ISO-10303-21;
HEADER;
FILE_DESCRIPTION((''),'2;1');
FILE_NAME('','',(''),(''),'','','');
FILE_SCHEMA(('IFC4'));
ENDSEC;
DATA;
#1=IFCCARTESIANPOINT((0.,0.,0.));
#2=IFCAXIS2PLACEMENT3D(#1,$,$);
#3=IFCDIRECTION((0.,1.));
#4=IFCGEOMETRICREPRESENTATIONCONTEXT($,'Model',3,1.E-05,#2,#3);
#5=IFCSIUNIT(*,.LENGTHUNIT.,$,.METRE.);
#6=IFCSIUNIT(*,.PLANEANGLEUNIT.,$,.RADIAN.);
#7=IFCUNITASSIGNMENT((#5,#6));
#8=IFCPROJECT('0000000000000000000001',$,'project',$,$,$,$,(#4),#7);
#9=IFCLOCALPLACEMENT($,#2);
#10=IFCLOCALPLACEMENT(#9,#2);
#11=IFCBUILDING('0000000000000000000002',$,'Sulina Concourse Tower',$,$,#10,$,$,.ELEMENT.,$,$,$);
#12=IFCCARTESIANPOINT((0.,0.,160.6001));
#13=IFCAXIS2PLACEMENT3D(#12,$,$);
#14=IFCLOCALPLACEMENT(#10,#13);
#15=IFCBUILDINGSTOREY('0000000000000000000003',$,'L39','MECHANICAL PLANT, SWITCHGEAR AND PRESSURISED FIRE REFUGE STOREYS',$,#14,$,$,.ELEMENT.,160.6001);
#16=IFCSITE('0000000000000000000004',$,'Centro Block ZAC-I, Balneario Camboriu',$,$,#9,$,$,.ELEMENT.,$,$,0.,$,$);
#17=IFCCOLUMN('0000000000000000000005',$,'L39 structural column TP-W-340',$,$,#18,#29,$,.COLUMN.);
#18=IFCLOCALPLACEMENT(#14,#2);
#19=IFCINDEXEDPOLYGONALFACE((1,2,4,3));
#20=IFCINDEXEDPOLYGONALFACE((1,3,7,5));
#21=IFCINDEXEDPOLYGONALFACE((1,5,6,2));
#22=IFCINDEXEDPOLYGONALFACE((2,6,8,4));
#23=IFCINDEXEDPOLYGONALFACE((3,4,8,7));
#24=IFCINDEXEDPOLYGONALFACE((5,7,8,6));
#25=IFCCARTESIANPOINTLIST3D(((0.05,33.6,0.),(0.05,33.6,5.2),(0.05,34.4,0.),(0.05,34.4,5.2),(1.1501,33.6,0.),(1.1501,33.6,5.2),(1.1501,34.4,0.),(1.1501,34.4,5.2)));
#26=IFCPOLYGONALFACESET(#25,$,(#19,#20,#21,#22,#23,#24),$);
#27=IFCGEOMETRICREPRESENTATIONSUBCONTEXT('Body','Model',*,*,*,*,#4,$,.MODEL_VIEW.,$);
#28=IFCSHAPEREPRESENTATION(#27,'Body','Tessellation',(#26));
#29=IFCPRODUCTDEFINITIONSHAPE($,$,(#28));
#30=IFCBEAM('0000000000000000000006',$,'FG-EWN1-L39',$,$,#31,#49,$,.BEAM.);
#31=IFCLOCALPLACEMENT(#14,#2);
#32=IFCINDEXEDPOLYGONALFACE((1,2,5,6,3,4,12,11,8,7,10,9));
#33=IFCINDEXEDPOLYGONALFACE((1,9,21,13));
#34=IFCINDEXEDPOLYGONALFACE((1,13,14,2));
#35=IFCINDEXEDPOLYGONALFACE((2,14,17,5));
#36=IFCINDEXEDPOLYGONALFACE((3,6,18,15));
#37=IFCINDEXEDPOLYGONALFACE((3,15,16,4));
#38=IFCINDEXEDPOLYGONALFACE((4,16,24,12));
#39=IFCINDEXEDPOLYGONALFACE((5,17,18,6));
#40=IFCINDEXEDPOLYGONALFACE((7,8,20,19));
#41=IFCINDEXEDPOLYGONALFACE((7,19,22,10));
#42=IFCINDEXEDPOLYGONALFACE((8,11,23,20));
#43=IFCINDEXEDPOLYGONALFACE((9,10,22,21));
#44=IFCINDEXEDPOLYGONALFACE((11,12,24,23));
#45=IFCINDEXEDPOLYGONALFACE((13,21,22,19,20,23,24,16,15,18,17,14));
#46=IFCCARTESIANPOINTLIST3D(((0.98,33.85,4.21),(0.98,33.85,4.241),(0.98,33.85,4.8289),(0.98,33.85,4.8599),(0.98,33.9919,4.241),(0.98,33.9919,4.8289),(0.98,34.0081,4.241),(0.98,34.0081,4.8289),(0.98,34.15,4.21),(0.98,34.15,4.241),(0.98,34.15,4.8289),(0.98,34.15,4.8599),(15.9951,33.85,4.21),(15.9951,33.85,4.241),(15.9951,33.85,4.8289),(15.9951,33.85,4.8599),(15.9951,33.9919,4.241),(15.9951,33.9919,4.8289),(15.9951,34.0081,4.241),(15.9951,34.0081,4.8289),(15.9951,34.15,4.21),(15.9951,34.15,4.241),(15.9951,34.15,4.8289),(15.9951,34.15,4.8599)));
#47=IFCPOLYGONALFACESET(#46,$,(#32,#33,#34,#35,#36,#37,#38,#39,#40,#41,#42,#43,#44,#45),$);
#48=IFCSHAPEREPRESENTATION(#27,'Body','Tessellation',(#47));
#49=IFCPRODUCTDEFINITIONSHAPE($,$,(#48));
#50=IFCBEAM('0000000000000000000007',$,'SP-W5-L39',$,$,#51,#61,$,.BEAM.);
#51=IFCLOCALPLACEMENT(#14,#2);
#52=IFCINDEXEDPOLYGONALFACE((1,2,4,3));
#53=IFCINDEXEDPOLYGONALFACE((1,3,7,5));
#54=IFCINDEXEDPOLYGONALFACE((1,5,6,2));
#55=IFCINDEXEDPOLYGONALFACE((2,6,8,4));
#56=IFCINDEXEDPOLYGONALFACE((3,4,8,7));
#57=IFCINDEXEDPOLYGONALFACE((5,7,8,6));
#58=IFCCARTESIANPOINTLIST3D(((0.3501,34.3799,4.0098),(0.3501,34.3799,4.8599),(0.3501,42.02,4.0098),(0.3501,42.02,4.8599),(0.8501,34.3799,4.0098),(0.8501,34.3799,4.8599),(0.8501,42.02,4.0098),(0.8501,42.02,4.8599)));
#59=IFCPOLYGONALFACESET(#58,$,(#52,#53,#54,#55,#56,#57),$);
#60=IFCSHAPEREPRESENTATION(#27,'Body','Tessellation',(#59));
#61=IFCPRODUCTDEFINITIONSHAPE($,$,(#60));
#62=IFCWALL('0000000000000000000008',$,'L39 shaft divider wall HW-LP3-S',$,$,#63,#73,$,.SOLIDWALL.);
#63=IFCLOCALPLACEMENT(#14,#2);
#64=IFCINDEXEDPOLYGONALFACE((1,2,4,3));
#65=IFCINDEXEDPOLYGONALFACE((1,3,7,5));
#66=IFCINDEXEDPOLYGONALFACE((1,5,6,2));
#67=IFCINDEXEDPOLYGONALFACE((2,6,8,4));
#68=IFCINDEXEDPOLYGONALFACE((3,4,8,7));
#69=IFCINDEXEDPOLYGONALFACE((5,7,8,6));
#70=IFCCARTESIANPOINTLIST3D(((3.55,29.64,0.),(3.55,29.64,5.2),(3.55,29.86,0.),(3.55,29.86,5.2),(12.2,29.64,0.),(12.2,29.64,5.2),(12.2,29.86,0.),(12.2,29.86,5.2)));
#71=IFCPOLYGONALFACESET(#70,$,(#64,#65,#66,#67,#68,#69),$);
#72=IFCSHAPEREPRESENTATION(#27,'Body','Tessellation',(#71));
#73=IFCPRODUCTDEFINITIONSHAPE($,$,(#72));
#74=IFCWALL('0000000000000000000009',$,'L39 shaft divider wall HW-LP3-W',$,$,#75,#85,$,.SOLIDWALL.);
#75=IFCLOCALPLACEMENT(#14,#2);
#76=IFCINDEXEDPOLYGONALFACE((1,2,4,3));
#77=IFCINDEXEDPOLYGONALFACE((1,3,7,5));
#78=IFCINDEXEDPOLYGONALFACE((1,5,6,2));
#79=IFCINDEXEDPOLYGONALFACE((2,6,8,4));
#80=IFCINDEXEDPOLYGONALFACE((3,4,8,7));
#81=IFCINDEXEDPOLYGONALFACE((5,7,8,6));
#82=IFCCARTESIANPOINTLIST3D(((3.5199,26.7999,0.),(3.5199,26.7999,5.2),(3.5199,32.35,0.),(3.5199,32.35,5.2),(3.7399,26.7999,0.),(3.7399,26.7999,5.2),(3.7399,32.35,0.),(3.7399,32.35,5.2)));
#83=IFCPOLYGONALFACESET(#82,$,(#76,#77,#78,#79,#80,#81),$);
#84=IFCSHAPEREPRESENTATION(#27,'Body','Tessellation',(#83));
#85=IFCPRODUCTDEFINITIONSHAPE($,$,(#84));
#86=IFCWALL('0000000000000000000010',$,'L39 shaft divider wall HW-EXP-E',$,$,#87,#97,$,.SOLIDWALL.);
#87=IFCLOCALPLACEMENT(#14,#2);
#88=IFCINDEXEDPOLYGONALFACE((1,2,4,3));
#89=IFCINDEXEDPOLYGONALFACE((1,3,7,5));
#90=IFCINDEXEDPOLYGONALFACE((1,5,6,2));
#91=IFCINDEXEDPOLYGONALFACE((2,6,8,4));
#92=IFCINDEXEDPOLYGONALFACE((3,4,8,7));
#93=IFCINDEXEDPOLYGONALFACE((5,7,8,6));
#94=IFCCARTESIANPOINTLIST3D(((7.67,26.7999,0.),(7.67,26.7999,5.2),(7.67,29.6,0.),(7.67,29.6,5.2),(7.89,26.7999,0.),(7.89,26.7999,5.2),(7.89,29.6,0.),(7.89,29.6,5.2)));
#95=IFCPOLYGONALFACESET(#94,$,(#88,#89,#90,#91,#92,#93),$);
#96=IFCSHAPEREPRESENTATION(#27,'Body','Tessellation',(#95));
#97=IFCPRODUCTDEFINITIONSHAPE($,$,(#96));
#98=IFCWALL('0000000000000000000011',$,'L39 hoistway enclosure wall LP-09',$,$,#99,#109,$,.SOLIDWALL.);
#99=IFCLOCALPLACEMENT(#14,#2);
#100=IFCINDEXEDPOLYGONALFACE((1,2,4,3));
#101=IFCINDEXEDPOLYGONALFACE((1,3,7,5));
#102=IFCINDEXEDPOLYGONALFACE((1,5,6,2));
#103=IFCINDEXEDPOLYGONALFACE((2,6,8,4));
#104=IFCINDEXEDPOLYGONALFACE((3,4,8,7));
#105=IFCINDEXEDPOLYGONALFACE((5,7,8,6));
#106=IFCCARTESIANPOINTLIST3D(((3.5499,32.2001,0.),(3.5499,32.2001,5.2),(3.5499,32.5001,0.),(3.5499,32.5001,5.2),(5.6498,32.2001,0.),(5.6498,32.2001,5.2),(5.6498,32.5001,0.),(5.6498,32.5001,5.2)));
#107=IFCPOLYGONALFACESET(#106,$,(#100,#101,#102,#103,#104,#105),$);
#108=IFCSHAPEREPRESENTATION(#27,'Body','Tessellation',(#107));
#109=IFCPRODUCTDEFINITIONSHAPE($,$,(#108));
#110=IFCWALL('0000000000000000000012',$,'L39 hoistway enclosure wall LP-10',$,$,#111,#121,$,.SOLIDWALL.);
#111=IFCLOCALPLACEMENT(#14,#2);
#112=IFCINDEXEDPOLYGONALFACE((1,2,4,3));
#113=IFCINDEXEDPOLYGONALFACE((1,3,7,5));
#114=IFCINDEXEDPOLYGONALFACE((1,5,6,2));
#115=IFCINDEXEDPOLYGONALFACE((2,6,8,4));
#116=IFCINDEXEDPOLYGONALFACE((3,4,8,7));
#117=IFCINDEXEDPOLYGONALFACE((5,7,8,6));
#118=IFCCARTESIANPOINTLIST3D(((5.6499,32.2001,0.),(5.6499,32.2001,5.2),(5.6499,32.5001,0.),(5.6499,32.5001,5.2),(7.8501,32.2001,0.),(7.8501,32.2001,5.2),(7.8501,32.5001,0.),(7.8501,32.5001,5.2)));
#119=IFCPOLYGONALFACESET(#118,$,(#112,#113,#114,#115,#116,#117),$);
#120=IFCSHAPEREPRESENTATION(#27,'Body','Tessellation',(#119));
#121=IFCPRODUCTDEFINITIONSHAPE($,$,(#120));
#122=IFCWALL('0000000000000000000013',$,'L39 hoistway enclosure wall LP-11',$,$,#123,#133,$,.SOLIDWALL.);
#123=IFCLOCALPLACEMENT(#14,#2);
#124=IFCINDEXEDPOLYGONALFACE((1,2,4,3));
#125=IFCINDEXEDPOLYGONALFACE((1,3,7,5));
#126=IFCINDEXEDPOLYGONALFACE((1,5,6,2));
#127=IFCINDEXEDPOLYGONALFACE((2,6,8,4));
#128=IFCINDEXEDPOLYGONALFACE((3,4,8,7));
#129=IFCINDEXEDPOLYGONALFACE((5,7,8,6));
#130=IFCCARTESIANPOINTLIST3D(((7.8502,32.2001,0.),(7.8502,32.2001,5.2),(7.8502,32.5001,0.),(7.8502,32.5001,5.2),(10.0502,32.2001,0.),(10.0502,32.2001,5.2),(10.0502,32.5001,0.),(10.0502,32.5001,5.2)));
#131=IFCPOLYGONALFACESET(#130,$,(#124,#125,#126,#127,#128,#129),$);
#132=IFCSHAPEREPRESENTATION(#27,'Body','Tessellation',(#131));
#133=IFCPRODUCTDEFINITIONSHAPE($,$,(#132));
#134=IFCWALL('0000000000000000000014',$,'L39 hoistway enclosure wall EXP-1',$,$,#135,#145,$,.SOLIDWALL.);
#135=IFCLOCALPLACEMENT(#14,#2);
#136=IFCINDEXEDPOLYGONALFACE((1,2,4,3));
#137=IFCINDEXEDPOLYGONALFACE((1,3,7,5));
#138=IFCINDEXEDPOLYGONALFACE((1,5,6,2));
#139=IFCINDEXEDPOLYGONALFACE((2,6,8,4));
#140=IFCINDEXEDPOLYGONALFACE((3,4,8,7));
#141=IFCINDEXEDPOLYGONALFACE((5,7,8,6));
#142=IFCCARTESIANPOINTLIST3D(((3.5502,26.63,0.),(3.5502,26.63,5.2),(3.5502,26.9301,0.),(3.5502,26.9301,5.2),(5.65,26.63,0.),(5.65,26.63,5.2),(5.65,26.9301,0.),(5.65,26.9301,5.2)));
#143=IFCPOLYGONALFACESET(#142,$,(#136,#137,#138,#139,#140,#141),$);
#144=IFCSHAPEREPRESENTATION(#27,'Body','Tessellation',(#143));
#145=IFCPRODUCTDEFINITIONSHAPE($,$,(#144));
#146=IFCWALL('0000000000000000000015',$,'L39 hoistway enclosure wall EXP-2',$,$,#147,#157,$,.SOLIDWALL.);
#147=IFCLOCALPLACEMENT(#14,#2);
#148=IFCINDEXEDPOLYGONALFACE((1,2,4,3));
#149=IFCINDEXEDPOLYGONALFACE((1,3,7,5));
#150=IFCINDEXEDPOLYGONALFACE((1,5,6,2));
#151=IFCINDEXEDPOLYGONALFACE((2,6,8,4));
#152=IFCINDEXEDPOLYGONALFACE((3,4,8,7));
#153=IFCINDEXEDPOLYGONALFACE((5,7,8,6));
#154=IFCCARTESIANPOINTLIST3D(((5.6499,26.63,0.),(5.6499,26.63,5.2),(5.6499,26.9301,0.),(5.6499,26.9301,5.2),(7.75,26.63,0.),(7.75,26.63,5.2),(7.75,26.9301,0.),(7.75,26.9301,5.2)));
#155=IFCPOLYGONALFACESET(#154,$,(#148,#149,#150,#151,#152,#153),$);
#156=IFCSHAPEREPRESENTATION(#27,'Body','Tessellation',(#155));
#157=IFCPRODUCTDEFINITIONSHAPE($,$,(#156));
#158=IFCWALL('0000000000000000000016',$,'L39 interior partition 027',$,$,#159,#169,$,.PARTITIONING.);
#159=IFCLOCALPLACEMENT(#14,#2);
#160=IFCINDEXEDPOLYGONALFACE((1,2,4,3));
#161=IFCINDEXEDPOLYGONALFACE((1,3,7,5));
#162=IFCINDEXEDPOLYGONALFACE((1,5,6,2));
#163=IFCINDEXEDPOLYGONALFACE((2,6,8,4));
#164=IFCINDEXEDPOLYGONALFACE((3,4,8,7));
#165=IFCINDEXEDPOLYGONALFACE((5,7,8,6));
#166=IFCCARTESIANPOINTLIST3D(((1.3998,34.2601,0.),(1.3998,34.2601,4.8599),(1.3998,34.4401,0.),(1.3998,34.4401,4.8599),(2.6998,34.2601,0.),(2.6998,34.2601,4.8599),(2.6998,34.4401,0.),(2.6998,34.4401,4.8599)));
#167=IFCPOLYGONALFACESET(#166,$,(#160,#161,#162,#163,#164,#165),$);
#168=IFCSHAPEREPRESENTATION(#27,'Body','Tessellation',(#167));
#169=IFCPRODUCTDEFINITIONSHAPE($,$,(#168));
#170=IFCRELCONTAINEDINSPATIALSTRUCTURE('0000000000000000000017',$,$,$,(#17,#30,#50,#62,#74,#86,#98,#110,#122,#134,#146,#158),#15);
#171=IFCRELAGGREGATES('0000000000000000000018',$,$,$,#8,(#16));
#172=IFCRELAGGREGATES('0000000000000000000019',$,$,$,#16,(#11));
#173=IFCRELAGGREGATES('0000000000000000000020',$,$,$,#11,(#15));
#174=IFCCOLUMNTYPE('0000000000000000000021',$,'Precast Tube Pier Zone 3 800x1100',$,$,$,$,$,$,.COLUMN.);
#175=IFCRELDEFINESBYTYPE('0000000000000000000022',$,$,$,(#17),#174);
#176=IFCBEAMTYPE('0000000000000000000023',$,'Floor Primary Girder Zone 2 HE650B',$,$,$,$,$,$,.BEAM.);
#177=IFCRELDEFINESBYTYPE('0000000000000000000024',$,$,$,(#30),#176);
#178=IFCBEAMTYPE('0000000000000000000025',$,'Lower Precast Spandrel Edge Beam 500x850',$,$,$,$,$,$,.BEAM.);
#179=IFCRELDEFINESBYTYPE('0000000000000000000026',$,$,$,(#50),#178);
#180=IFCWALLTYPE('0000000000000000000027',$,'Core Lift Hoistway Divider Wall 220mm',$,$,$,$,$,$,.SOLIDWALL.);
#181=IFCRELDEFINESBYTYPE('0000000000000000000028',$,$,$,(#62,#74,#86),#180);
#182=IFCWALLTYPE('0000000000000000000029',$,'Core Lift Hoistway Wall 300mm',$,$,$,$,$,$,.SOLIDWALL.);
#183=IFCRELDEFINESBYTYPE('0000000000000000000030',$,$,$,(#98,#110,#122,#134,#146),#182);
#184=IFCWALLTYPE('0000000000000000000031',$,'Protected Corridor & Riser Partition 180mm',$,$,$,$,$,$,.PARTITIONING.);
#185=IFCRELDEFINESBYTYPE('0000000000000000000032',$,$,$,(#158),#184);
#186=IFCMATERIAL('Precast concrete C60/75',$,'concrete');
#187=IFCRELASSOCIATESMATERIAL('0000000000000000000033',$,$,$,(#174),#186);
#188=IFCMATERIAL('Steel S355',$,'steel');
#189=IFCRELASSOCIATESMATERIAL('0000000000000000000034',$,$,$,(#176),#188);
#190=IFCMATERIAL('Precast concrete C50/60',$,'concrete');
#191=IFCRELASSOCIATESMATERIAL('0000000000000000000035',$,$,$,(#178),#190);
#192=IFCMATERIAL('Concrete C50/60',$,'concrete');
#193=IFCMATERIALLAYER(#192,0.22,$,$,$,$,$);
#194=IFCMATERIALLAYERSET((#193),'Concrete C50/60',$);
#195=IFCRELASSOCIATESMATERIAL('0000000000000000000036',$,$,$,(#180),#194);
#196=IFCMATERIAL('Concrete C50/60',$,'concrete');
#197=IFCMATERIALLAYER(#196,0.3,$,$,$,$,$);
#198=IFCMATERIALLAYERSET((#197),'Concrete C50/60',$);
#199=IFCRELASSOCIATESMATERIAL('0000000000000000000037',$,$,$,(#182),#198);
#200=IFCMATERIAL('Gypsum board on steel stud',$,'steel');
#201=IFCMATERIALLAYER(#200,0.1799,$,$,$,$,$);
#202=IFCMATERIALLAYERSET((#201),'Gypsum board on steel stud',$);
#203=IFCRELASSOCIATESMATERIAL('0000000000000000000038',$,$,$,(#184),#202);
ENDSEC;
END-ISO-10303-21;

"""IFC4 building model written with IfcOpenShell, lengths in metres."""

from ifc_helpers import new_model, si_unit, direction, frame, frame_2d, origin, origin_2d, place, context, subcontext, project, spatial, rectangle, i_section, extrude, material, layer, layer_set, material_profile, profile_set, type_object, element, save


model = new_model("IFC4")

# Units and contexts
model_context = context("Model", 3, precision=1e-05, world=origin(), true_north=direction((0.0, 1.0)))
body_context = subcontext(model_context, "Body", "Model", "MODEL_VIEW")
ifc_project = project(units=[si_unit("LENGTHUNIT", "METRE"), si_unit("PLANEANGLEUNIT", "RADIAN")], contexts=[model_context])

# Site, building, storey
site_placement = place(None, origin())
site = spatial("IfcSite", under=ifc_project, at=site_placement, Name="Centro Block ZAC-I, Balneario Camboriu", CompositionType="ELEMENT", RefElevation=0.0)
building_placement = place(site_placement, origin())
building = spatial("IfcBuilding", under=site, at=building_placement, Name="Sulina Concourse Tower", CompositionType="ELEMENT")
storey_placement = place(building_placement, frame((0.0, 0.0, 160.6001)))
storey = spatial("IfcBuildingStorey", under=building, at=storey_placement, Name="L39", Description="MECHANICAL PLANT, SWITCHGEAR AND PRESSURISED FIRE REFUGE STOREYS", CompositionType="ELEMENT", Elevation=160.6001)

# Column
ifc_material_1 = material(Name="Precast concrete C60/75", Category="concrete")
ifc_material_profile_1 = material_profile(ifc_material_1, rectangle(XDim=0.8, YDim=1.1001, at=origin_2d()), Name="PC 800x1100")
ifc_profile_set_1 = profile_set([ifc_material_profile_1], Name="Precast concrete C60/75")
column_type = type_object("IfcColumnType", Name="Precast Tube Pier Zone 3 800x1100", PredefinedType="COLUMN", material=ifc_profile_set_1)
column_placement = place(storey_placement, frame((0.6001, 34.0, 0.0), z_axis=(0.0, 0.0, 1.0), x_axis=(0.0, 1.0, 0.0)))
element("IfcColumn", 1, at=column_placement, inside=storey, type_object=column_type, Name="L39 structural column TP-W-340", PredefinedType="COLUMN", context=body_context, shape_type="SweptSolid", body=[
    extrude(rectangle(XDim=0.8, YDim=1.1001, at=origin_2d()), origin(), (0.0, 0.0, 1.0), 5.2),
])

# Beams
ifc_material_2 = material(Name="Steel S355", Category="steel")
ifc_material_profile_2 = material_profile(ifc_material_2, i_section(OverallWidth=0.3, OverallDepth=0.6499, WebThickness=0.0161, FlangeThickness=0.031, at=origin_2d()), Name="HE 650 B")
ifc_profile_set_2 = profile_set([ifc_material_profile_2], Name="Steel S355")
beam_type_1 = type_object("IfcBeamType", Name="Floor Primary Girder Zone 2 HE650B", PredefinedType="BEAM", material=ifc_profile_set_2)
beam_1_placement = place(storey_placement, frame((0.98, 34.0, 4.5349), z_axis=(1.0, 0.0, 0.0), x_axis=(0.0, 1.0, 0.0)))
element("IfcBeam", 2, at=beam_1_placement, inside=storey, type_object=beam_type_1, Name="FG-EWN1-L39", PredefinedType="BEAM", context=body_context, shape_type="SweptSolid", body=[
    extrude(i_section(OverallWidth=0.3, OverallDepth=0.6499, WebThickness=0.0161, FlangeThickness=0.031, at=origin_2d()), origin(), (0.0, 0.0, 1.0), 15.0151),
])
ifc_material_3 = material(Name="Precast concrete C50/60", Category="concrete")
ifc_material_profile_3 = material_profile(ifc_material_3, rectangle(XDim=0.5, YDim=0.8501, at=origin_2d()), Name="RC 500x850")
ifc_profile_set_3 = profile_set([ifc_material_profile_3], Name="Precast concrete C50/60")
beam_type_2 = type_object("IfcBeamType", Name="Lower Precast Spandrel Edge Beam 500x850", PredefinedType="BEAM", material=ifc_profile_set_3)
beam_2_placement = place(storey_placement, frame((0.6001, 34.3799, 4.4348), z_axis=(0.0, 1.0, 0.0), x_axis=(-1.0, 0.0, 0.0)))
element("IfcBeam", 3, at=beam_2_placement, inside=storey, type_object=beam_type_2, Name="SP-W5-L39", PredefinedType="BEAM", context=body_context, shape_type="SweptSolid", body=[
    extrude(rectangle(XDim=0.5, YDim=0.8501, at=origin_2d()), origin(), (0.0, 0.0, 1.0), 7.6401),
])

# Walls
ifc_material_4 = material(Name="Concrete C50/60", Category="concrete")
ifc_layer_1 = layer(ifc_material_4, 0.22)
ifc_layer_set_1 = layer_set([ifc_layer_1], Name="Concrete C50/60")
wall_type_1 = type_object("IfcWallType", Name="Core Lift Hoistway Divider Wall 220mm", PredefinedType="SOLIDWALL", material=ifc_layer_set_1)
wall_1_placement = place(storey_placement, frame((3.55, 29.75, 0.0), z_axis=(0.0, 0.0, 1.0), x_axis=(1.0, 0.0, 0.0)))
element("IfcWall", 4, at=wall_1_placement, inside=storey, type_object=wall_type_1, Name="L39 shaft divider wall HW-LP3-S", PredefinedType="SOLIDWALL", context=body_context, shape_type="SweptSolid", body=[
    extrude(rectangle(XDim=8.6499, YDim=0.22, at=frame_2d((4.325, 0.0))), origin(), (0.0, 0.0, 1.0), 5.2),
])
wall_2_placement = place(storey_placement, frame((3.6299, 26.8, 0.0), z_axis=(0.0, 0.0, 1.0), x_axis=(0.0, 1.0, 0.0)))
element("IfcWall", 5, at=wall_2_placement, inside=storey, type_object=wall_type_1, Name="L39 shaft divider wall HW-LP3-W", PredefinedType="SOLIDWALL", context=body_context, shape_type="SweptSolid", body=[
    extrude(rectangle(XDim=5.55, YDim=0.22, at=frame_2d((2.7749, 0.0))), origin(), (0.0, 0.0, 1.0), 5.2),
])
wall_3_placement = place(storey_placement, frame((7.78, 26.8, 0.0), z_axis=(0.0, 0.0, 1.0), x_axis=(0.0, 1.0, 0.0)))
element("IfcWall", 6, at=wall_3_placement, inside=storey, type_object=wall_type_1, Name="L39 shaft divider wall HW-EXP-E", PredefinedType="SOLIDWALL", context=body_context, shape_type="SweptSolid", body=[
    extrude(rectangle(XDim=2.8, YDim=0.22, at=frame_2d((1.3999, 0.0))), origin(), (0.0, 0.0, 1.0), 5.2),
])
ifc_material_5 = material(Name="Concrete C50/60", Category="concrete")
ifc_layer_2 = layer(ifc_material_5, 0.3)
ifc_layer_set_2 = layer_set([ifc_layer_2], Name="Concrete C50/60")
wall_type_2 = type_object("IfcWallType", Name="Core Lift Hoistway Wall 300mm", PredefinedType="SOLIDWALL", material=ifc_layer_set_2)
wall_4_placement = place(storey_placement, frame((3.55, 32.3501, 0.0), z_axis=(0.0, 0.0, 1.0), x_axis=(1.0, 0.0, 0.0)))
element("IfcWall", 7, at=wall_4_placement, inside=storey, type_object=wall_type_2, Name="L39 hoistway enclosure wall LP-09", PredefinedType="SOLIDWALL", context=body_context, shape_type="SweptSolid", body=[
    extrude(rectangle(XDim=2.0999, YDim=0.3, at=frame_2d((1.0498, 0.0))), origin(), (0.0, 0.0, 1.0), 5.2),
])
wall_5_placement = place(storey_placement, frame((5.6499, 32.3501, 0.0), z_axis=(0.0, 0.0, 1.0), x_axis=(1.0, 0.0, 0.0)))
element("IfcWall", 8, at=wall_5_placement, inside=storey, type_object=wall_type_2, Name="L39 hoistway enclosure wall LP-10", PredefinedType="SOLIDWALL", context=body_context, shape_type="SweptSolid", body=[
    extrude(rectangle(XDim=2.2002, YDim=0.3, at=frame_2d((1.1001, 0.0))), origin(), (0.0, 0.0, 1.0), 5.2),
])
wall_6_placement = place(storey_placement, frame((7.8501, 32.3501, 0.0), z_axis=(0.0, 0.0, 1.0), x_axis=(1.0, 0.0, 0.0)))
element("IfcWall", 9, at=wall_6_placement, inside=storey, type_object=wall_type_2, Name="L39 hoistway enclosure wall LP-11", PredefinedType="SOLIDWALL", context=body_context, shape_type="SweptSolid", body=[
    extrude(rectangle(XDim=2.2, YDim=0.3, at=frame_2d((1.1001, 0.0))), origin(), (0.0, 0.0, 1.0), 5.2),
])
wall_7_placement = place(storey_placement, frame((5.6499, 26.78, 0.0), z_axis=(0.0, 0.0, 1.0), x_axis=(-1.0, 0.0, 0.0)))
element("IfcWall", 10, at=wall_7_placement, inside=storey, type_object=wall_type_2, Name="L39 hoistway enclosure wall EXP-1", PredefinedType="SOLIDWALL", context=body_context, shape_type="SweptSolid", body=[
    extrude(rectangle(XDim=2.0999, YDim=0.3, at=frame_2d((1.0498, 0.0))), origin(), (0.0, 0.0, 1.0), 5.2),
])
wall_8_placement = place(storey_placement, frame((7.75, 26.78, 0.0), z_axis=(0.0, 0.0, 1.0), x_axis=(-1.0, 0.0, 0.0)))
element("IfcWall", 11, at=wall_8_placement, inside=storey, type_object=wall_type_2, Name="L39 hoistway enclosure wall EXP-2", PredefinedType="SOLIDWALL", context=body_context, shape_type="SweptSolid", body=[
    extrude(rectangle(XDim=2.1001, YDim=0.3, at=frame_2d((1.05, 0.0))), origin(), (0.0, 0.0, 1.0), 5.2),
])
ifc_material_6 = material(Name="Gypsum board on steel stud", Category="steel")
ifc_layer_3 = layer(ifc_material_6, 0.1799)
ifc_layer_set_3 = layer_set([ifc_layer_3], Name="Gypsum board on steel stud")
wall_type_3 = type_object("IfcWallType", Name="Protected Corridor & Riser Partition 180mm", PredefinedType="PARTITIONING", material=ifc_layer_set_3)
wall_9_placement = place(storey_placement, frame((1.3999, 34.3501, 0.0), z_axis=(0.0, 0.0, 1.0), x_axis=(1.0, 0.0, 0.0)))
element("IfcWall", 12, at=wall_9_placement, inside=storey, type_object=wall_type_3, Name="L39 interior partition 027", PredefinedType="PARTITIONING", context=body_context, shape_type="SweptSolid", body=[
    extrude(rectangle(XDim=1.3, YDim=0.1799, at=frame_2d((0.6499, 0.0))), origin(), (0.0, 0.0, 1.0), 4.8599),
])

save(model, "model.ifc")
